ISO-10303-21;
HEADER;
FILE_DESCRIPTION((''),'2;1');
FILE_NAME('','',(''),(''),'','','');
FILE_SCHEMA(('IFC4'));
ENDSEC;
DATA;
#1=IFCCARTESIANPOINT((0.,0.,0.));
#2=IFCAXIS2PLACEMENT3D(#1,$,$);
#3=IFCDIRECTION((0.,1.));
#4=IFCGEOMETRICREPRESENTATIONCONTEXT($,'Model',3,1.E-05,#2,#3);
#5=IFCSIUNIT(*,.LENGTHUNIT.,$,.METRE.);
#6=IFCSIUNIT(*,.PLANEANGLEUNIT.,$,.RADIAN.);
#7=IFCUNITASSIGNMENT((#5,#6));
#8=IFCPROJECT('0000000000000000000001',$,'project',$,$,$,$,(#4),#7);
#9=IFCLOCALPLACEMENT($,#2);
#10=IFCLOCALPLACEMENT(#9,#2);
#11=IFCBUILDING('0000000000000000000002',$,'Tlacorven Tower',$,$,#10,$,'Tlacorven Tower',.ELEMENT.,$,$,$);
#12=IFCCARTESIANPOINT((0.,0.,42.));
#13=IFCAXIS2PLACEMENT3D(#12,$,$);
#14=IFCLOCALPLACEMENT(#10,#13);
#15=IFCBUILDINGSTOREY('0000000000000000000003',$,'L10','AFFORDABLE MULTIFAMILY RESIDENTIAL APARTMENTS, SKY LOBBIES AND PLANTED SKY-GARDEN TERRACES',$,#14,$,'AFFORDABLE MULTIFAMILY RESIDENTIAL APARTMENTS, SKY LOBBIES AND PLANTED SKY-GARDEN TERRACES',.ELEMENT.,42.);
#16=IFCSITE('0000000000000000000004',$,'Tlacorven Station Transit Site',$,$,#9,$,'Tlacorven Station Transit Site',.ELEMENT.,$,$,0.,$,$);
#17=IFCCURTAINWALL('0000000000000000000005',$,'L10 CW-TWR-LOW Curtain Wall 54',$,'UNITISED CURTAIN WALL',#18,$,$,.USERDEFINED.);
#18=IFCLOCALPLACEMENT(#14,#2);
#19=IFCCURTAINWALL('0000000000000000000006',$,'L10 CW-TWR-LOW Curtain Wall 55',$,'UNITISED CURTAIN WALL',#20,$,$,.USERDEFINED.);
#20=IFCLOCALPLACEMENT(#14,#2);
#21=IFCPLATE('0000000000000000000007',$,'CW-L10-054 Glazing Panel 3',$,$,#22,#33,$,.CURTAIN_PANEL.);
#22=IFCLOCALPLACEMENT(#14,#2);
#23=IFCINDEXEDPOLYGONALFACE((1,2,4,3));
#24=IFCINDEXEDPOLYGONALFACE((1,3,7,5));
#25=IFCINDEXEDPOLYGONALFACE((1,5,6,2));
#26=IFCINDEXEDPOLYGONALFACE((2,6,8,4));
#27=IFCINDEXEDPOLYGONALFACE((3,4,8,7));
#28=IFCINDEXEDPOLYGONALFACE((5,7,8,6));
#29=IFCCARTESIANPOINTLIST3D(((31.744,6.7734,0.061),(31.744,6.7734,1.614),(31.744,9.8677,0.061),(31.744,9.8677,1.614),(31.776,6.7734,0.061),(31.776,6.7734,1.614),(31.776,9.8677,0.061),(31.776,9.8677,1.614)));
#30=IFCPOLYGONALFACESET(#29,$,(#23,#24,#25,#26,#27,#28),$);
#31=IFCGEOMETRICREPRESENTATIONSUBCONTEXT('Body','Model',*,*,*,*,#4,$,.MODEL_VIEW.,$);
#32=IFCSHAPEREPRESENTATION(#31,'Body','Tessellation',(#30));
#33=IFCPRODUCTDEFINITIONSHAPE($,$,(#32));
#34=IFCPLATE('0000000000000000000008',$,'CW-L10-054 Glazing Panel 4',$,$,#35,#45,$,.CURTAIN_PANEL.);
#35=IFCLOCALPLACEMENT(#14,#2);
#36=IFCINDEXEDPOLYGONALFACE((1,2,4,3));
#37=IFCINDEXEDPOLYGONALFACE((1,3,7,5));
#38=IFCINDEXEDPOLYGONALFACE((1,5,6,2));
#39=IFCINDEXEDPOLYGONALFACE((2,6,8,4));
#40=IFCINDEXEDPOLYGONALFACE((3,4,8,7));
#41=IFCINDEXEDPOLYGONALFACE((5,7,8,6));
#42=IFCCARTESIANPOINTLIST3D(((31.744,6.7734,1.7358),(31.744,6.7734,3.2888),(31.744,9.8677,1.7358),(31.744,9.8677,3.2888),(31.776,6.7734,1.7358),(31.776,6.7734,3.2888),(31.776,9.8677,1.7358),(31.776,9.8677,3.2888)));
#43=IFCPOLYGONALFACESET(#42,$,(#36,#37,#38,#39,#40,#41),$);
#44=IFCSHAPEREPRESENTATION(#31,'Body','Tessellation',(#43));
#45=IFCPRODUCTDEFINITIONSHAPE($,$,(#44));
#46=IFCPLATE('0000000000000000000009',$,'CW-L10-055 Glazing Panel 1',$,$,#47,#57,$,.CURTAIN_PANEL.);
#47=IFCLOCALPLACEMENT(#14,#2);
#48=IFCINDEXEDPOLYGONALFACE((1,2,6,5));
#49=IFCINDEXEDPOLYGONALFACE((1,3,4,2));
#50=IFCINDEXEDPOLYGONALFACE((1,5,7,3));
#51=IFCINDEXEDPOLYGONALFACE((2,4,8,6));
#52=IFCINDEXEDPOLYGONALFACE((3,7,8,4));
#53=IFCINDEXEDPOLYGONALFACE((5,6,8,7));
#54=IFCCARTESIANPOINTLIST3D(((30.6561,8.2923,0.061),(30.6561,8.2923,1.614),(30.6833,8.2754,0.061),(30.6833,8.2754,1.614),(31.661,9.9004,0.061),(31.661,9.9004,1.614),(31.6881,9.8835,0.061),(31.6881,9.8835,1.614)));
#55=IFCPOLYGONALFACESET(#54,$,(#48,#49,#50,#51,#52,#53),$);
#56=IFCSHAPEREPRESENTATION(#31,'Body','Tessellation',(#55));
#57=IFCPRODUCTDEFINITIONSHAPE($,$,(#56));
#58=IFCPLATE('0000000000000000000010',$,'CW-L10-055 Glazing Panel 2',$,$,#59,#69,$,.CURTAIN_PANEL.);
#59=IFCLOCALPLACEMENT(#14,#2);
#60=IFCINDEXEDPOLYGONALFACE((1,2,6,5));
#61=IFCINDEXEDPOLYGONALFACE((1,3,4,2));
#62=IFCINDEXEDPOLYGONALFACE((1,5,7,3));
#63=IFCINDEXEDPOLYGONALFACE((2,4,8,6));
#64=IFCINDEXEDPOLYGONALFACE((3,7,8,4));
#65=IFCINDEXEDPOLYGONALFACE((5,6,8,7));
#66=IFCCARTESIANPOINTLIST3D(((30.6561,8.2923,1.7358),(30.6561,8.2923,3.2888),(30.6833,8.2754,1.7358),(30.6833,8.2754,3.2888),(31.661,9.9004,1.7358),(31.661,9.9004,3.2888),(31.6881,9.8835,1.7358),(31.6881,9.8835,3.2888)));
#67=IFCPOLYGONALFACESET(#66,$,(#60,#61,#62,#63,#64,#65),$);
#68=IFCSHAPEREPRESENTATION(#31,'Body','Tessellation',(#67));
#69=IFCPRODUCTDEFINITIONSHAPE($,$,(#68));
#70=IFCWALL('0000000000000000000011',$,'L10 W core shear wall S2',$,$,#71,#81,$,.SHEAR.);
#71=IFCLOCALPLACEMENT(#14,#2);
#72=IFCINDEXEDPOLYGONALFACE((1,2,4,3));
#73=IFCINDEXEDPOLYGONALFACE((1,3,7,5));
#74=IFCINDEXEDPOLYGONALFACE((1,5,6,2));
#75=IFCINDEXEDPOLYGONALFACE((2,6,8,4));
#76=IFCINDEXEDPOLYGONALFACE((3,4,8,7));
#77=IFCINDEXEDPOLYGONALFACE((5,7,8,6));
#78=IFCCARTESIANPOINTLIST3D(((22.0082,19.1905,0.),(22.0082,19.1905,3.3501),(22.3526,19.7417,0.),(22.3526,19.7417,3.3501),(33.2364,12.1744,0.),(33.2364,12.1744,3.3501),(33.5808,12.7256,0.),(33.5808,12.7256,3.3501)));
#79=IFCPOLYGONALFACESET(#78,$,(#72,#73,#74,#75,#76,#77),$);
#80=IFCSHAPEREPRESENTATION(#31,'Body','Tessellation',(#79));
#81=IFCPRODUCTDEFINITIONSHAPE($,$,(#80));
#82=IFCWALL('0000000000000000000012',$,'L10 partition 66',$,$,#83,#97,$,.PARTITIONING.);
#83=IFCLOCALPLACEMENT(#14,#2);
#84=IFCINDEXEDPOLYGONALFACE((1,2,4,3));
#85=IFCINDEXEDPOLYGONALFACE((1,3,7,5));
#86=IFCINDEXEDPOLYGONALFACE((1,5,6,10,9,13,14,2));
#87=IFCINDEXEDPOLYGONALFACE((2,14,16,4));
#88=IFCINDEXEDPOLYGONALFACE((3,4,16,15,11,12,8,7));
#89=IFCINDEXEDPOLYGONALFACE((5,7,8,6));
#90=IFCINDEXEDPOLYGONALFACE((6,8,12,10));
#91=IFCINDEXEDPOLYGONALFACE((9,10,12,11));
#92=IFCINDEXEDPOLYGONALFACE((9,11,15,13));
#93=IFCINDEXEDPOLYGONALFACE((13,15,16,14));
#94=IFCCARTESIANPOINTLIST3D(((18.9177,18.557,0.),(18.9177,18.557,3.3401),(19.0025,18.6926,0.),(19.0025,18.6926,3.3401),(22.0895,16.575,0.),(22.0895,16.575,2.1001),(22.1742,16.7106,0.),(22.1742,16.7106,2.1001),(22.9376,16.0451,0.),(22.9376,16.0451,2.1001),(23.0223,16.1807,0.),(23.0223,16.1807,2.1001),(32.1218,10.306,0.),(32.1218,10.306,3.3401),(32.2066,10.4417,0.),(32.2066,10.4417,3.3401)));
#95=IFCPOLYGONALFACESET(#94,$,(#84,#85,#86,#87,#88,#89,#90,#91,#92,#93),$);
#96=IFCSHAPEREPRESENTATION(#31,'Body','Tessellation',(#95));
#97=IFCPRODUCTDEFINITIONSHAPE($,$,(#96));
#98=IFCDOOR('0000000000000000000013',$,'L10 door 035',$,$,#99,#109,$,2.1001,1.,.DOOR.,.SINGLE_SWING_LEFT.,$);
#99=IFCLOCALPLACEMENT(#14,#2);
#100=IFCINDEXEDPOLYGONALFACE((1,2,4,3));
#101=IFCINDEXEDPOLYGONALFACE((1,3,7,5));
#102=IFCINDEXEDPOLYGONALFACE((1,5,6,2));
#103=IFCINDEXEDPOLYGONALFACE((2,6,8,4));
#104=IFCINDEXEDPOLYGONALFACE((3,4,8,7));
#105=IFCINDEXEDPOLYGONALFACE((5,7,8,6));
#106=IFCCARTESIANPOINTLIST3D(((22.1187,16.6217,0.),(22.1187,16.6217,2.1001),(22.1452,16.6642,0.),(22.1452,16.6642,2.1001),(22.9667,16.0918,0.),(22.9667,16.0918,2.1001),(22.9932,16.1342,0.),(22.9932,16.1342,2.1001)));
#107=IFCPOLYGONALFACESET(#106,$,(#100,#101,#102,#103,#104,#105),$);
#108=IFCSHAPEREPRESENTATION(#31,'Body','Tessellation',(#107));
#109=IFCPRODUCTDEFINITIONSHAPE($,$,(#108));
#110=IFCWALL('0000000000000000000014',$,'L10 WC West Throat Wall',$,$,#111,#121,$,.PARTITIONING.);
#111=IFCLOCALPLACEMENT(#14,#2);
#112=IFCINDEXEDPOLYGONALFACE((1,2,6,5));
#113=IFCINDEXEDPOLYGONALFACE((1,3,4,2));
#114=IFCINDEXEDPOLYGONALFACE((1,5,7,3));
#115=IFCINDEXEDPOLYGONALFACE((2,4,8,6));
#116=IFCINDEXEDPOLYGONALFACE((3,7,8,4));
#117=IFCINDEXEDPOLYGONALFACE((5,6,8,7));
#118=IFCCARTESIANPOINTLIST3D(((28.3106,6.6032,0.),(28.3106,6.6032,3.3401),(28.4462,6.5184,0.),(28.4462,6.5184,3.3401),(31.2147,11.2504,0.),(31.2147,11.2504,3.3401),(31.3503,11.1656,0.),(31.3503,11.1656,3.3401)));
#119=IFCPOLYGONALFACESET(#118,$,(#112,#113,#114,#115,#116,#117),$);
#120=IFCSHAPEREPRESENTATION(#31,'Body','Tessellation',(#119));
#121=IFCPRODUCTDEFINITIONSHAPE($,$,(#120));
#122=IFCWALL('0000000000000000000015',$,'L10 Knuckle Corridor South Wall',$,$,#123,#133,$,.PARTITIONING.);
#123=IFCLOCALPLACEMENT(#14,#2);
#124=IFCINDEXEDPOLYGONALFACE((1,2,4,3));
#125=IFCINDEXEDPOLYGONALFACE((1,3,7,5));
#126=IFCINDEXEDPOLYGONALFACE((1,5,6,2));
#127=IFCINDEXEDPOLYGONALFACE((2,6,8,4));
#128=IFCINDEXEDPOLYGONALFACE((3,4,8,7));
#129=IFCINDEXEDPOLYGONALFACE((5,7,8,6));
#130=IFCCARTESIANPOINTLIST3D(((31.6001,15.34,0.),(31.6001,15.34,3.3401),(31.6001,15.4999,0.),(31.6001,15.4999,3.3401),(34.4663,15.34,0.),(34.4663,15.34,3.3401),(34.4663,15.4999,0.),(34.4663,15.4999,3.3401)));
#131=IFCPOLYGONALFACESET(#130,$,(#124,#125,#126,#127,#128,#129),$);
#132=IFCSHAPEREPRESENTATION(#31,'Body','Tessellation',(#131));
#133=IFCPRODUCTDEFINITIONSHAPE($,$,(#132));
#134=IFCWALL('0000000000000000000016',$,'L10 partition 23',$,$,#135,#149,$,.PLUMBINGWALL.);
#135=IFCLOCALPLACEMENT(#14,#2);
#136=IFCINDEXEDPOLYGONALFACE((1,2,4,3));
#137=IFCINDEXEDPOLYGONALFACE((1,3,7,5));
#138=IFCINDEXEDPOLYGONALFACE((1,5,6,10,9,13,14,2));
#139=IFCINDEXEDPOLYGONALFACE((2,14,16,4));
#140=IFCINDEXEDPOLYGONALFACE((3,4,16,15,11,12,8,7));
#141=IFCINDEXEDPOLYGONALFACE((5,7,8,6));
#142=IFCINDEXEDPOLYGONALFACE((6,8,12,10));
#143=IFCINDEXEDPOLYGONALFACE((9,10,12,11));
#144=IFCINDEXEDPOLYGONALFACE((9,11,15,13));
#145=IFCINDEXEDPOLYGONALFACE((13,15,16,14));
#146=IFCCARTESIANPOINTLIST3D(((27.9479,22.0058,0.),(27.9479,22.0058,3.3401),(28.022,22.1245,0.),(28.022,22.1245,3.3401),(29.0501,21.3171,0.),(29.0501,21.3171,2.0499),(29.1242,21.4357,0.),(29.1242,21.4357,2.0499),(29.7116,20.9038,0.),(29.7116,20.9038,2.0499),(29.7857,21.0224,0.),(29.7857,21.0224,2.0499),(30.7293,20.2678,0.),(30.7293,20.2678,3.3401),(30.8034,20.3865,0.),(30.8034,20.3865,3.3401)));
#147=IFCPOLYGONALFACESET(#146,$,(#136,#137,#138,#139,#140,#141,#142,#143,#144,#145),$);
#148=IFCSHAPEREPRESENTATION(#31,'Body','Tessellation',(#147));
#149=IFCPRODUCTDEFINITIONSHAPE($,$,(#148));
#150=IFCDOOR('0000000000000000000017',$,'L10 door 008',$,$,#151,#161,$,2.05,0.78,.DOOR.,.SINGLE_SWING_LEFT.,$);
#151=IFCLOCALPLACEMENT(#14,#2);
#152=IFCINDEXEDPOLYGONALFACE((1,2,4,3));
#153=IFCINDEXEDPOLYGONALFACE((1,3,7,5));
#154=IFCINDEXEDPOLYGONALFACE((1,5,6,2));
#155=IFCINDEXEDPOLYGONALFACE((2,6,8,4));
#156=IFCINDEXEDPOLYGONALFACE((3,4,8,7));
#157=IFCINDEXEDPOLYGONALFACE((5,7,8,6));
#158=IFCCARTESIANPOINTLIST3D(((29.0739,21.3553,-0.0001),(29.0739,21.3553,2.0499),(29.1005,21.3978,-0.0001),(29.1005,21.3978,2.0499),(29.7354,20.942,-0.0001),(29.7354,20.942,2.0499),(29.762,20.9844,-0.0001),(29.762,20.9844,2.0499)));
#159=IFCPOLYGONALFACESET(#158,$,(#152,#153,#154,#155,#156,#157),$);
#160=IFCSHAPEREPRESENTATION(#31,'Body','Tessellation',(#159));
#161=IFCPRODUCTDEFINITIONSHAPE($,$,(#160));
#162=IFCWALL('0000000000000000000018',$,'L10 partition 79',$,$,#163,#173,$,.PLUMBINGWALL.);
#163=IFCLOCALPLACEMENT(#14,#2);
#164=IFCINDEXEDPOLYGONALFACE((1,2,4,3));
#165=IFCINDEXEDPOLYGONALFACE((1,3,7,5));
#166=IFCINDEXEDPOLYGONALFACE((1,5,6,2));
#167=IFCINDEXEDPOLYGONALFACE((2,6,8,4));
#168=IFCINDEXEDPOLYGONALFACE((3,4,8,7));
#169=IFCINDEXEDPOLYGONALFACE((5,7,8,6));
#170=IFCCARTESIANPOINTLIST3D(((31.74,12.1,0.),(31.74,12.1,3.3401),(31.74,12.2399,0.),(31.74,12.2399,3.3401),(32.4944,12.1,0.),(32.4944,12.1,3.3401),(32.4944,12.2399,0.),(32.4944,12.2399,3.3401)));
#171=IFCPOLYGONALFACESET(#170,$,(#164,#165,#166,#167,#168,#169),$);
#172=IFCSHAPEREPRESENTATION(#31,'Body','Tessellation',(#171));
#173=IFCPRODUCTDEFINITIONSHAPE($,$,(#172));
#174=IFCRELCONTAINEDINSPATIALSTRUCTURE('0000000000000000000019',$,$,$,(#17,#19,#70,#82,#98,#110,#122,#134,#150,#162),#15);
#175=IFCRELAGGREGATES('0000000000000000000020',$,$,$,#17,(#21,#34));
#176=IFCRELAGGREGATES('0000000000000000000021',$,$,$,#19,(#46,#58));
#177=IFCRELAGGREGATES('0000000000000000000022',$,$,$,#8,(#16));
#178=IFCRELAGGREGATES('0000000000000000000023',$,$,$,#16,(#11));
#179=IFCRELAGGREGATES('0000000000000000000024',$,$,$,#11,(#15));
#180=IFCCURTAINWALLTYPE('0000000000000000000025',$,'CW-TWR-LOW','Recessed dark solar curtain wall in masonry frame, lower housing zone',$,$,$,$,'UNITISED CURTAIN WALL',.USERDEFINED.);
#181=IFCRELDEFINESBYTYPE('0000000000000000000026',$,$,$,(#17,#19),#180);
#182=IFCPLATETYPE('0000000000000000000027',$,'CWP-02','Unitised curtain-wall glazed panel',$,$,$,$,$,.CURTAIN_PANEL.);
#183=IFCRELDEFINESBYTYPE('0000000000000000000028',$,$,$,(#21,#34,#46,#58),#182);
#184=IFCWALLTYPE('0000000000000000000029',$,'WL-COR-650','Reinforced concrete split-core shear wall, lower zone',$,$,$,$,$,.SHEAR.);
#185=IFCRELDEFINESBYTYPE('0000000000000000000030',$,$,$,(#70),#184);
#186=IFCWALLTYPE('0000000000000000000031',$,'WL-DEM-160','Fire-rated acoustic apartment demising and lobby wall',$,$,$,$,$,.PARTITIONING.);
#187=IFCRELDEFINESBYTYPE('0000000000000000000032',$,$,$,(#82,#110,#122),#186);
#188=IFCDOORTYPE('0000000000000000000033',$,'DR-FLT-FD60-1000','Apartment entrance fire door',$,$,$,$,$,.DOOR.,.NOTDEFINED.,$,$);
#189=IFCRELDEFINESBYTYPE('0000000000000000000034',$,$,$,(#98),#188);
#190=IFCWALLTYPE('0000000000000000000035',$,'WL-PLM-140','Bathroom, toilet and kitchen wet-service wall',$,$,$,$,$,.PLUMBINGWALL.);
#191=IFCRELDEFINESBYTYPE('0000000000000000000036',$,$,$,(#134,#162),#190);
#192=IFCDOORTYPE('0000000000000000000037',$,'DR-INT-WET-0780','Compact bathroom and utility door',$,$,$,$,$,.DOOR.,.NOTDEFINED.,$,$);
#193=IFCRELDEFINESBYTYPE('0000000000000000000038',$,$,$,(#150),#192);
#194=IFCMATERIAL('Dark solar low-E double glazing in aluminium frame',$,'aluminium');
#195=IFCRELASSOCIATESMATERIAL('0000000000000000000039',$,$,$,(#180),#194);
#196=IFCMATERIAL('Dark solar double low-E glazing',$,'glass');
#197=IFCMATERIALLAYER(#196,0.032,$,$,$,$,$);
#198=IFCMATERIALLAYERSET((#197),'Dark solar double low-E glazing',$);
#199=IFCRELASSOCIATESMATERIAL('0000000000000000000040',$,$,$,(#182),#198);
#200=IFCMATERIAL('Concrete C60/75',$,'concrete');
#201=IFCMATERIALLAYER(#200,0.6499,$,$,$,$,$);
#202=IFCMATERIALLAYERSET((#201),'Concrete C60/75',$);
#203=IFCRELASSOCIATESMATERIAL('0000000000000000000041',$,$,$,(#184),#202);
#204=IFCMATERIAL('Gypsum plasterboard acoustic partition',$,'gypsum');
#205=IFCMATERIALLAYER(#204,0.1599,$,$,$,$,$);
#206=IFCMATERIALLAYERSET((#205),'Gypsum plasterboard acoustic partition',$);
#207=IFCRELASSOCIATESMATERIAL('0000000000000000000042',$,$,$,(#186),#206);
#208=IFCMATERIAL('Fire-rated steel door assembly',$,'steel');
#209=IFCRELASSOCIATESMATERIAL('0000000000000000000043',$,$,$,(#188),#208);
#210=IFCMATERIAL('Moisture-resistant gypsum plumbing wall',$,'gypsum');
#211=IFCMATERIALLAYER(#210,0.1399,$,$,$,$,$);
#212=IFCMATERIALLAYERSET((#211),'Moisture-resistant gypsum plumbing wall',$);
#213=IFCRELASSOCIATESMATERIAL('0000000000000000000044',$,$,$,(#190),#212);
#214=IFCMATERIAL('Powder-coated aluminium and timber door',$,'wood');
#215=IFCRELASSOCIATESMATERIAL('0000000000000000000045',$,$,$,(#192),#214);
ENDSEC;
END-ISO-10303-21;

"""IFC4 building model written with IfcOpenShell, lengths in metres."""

from ifc_helpers import new_model, si_unit, direction, frame, frame_2d, origin, origin_2d, place, context, subcontext, project, spatial, rectangle, extrude, source, transform, mapped, material, layer, layer_set, type_object, element, fill, aggregate, save


model = new_model("IFC4")

# Units and contexts
model_context = context("Model", 3, precision=1e-05, world=origin(), true_north=direction((0.0, 1.0)))
body_context = subcontext(model_context, "Body", "Model", "MODEL_VIEW")
ifc_project = project(units=[si_unit("LENGTHUNIT", "METRE"), si_unit("PLANEANGLEUNIT", "RADIAN")], contexts=[model_context])

# Site, building, storey
site_placement = place(None, origin())
site = spatial("IfcSite", under=ifc_project, at=site_placement, Name="Tlacorven Station Transit Site", LongName="Tlacorven Station Transit Site", CompositionType="ELEMENT", RefElevation=0.0)
building_placement = place(site_placement, origin())
building = spatial("IfcBuilding", under=site, at=building_placement, Name="Tlacorven Tower", LongName="Tlacorven Tower", CompositionType="ELEMENT")
storey_placement = place(building_placement, frame((0.0, 0.0, 42.0)))
storey = spatial("IfcBuildingStorey", under=building, at=storey_placement, Name="L10", Description="AFFORDABLE MULTIFAMILY RESIDENTIAL APARTMENTS, SKY LOBBIES AND PLANTED SKY-GARDEN TERRACES", LongName="AFFORDABLE MULTIFAMILY RESIDENTIAL APARTMENTS, SKY LOBBIES AND PLANTED SKY-GARDEN TERRACES", CompositionType="ELEMENT", Elevation=42.0)

# Curtain walls
ifc_material_1 = material(Name="Dark solar low-E double glazing in aluminium frame", Category="aluminium")
curtain_wall_type = type_object("IfcCurtainWallType", Name="CW-TWR-LOW", Description="Recessed dark solar curtain wall in masonry frame, lower housing zone", ElementType="UNITISED CURTAIN WALL", PredefinedType="USERDEFINED", material=ifc_material_1)
curtain_wall_1_placement = place(storey_placement, origin())
curtain_wall_1 = element("IfcCurtainWall", 1, at=curtain_wall_1_placement, inside=storey, type_object=curtain_wall_type, Name="L10 CW-TWR-LOW Curtain Wall 54", ObjectType="UNITISED CURTAIN WALL", PredefinedType="USERDEFINED")
curtain_wall_2_placement = place(storey_placement, origin())
curtain_wall_2 = element("IfcCurtainWall", 2, at=curtain_wall_2_placement, inside=storey, type_object=curtain_wall_type, Name="L10 CW-TWR-LOW Curtain Wall 55", ObjectType="UNITISED CURTAIN WALL", PredefinedType="USERDEFINED")

# Plates
ifc_material_2 = material(Name="Dark solar double low-E glazing", Category="glass")
ifc_layer_1 = layer(ifc_material_2, 0.032)
ifc_layer_set_1 = layer_set([ifc_layer_1], Name="Dark solar double low-E glazing")
plate_type = type_object("IfcPlateType", Name="CWP-02", Description="Unitised curtain-wall glazed panel", PredefinedType="CURTAIN_PANEL", material=ifc_layer_set_1)
shared_shape_1 = source(origin(), body_context, "Body", "SweptSolid", [
    extrude(rectangle(XDim=3.0942, YDim=0.032, at=origin_2d()), origin(), (0.0, 0.0, 1.0), 1.553),
])
plate_1_placement = place(storey_placement, frame((31.76, 8.3206, 0.061), z_axis=(0.0, 0.0, 1.0), x_axis=(0.0, 1.0, 0.0)))
plate_1 = element("IfcPlate", 3, at=plate_1_placement, type_object=plate_type, Name="CW-L10-054 Glazing Panel 3", PredefinedType="CURTAIN_PANEL", context=body_context, shape_type="MappedRepresentation", body=[
    mapped(shared_shape_1, transform((0.0, 0.0, 0.0), scale=1.0)),
])
plate_2_placement = place(storey_placement, frame((31.76, 8.3206, 1.7358), z_axis=(0.0, 0.0, 1.0), x_axis=(0.0, 1.0, 0.0)))
plate_2 = element("IfcPlate", 4, at=plate_2_placement, type_object=plate_type, Name="CW-L10-054 Glazing Panel 4", PredefinedType="CURTAIN_PANEL", context=body_context, shape_type="MappedRepresentation", body=[
    mapped(shared_shape_1, transform((0.0, 0.0, 0.0), scale=1.0)),
])
aggregate(curtain_wall_1, [plate_1, plate_2])
shared_shape_2 = source(origin(), body_context, "Body", "SweptSolid", [
    extrude(rectangle(XDim=1.8962, YDim=0.032, at=origin_2d()), origin(), (0.0, 0.0, 1.0), 1.553),
])
plate_3_placement = place(storey_placement, frame((31.1721, 9.0879, 0.061), z_axis=(0.0, 0.0, 1.0), x_axis=(-0.529919, -0.848048, 0.0)))
plate_3 = element("IfcPlate", 5, at=plate_3_placement, type_object=plate_type, Name="CW-L10-055 Glazing Panel 1", PredefinedType="CURTAIN_PANEL", context=body_context, shape_type="MappedRepresentation", body=[
    mapped(shared_shape_2, transform((0.0, 0.0, 0.0), scale=1.0)),
])
plate_4_placement = place(storey_placement, frame((31.1721, 9.0879, 1.7358), z_axis=(0.0, 0.0, 1.0), x_axis=(-0.529919, -0.848048, 0.0)))
plate_4 = element("IfcPlate", 6, at=plate_4_placement, type_object=plate_type, Name="CW-L10-055 Glazing Panel 2", PredefinedType="CURTAIN_PANEL", context=body_context, shape_type="MappedRepresentation", body=[
    mapped(shared_shape_2, transform((0.0, 0.0, 0.0), scale=1.0)),
])
aggregate(curtain_wall_2, [plate_3, plate_4])

# Wall
ifc_material_3 = material(Name="Concrete C60/75", Category="concrete")
ifc_layer_2 = layer(ifc_material_3, 0.6499)
ifc_layer_set_2 = layer_set([ifc_layer_2], Name="Concrete C60/75")
wall_type_1 = type_object("IfcWallType", Name="WL-COR-650", Description="Reinforced concrete split-core shear wall, lower zone", PredefinedType="SHEAR", material=ifc_layer_set_2)
wall_1_placement = place(storey_placement, frame((33.4087, 12.45, 0.0), z_axis=(0.0, 0.0, 1.0), x_axis=(-0.848051, 0.529914, 0.0)))
element("IfcWall", 7, at=wall_1_placement, inside=storey, type_object=wall_type_1, Name="L10 W core shear wall S2", PredefinedType="SHEAR", context=body_context, shape_type="SweptSolid", body=[
    extrude(rectangle(XDim=13.24, YDim=0.6499, at=frame_2d((6.6201, 0.0))), origin(), (0.0, 0.0, 1.0), 3.3501),
])

# Wall, opening, door
ifc_material_4 = material(Name="Gypsum plasterboard acoustic partition", Category="gypsum")
ifc_layer_3 = layer(ifc_material_4, 0.1599)
ifc_layer_set_3 = layer_set([ifc_layer_3], Name="Gypsum plasterboard acoustic partition")
wall_type_2 = type_object("IfcWallType", Name="WL-DEM-160", Description="Fire-rated acoustic apartment demising and lobby wall", PredefinedType="PARTITIONING", material=ifc_layer_set_3)
wall_2_placement = place(storey_placement, frame((32.1643, 10.3738, 0.0), z_axis=(0.0, 0.0, 1.0), x_axis=(-0.848044, 0.529926, 0.0)))
wall_2 = element("IfcWall", 8, at=wall_2_placement, inside=storey, type_object=wall_type_2, Name="L10 partition 66", PredefinedType="PARTITIONING", context=body_context, shape_type="SweptSolid", body=[
    extrude(rectangle(XDim=15.5701, YDim=0.1599, at=frame_2d((7.7852, 0.0))), origin(), (0.0, 0.0, 1.0), 3.3401),
])
opening_1_placement = place(wall_2_placement, frame((10.8301, 0.0, 0.0)))
opening_1 = element("IfcOpeningElement", 9, at=opening_1_placement, cuts=wall_2, PredefinedType="OPENING", context=body_context, shape_type="SweptSolid", body=[
    extrude(rectangle(XDim=1.0, YDim=2.1001, at=frame_2d((0.5, 1.05))), frame((0.0, 0.0898, 0.0), z_axis=(0.0, -1.0, 0.0), x_axis=(1.0, 0.0, 0.0)), (0.0, 0.0, 1.0), 0.1799),
])
ifc_material_5 = material(Name="Fire-rated steel door assembly", Category="steel")
door_type_1 = type_object("IfcDoorType", Name="DR-FLT-FD60-1000", Description="Apartment entrance fire door", OperationType="NOTDEFINED", PredefinedType="DOOR", material=ifc_material_5)
shared_shape_3 = source(origin(), body_context, "Body", "SweptSolid", [
    extrude(rectangle(XDim=1.0, YDim=2.1001, at=frame_2d((0.5, 1.05))), frame((0.0, 0.0249, 0.0), z_axis=(0.0, -1.0, 0.0), x_axis=(1.0, 0.0, 0.0)), (0.0, 0.0, 1.0), 0.05),
])
door_1_placement = place(opening_1_placement, origin())
door_1 = element("IfcDoor", 10, at=door_1_placement, inside=storey, type_object=door_type_1, Name="L10 door 035", OperationType="SINGLE_SWING_LEFT", OverallHeight=2.1001, OverallWidth=1.0, PredefinedType="DOOR", context=body_context, shape_type="MappedRepresentation", body=[
    mapped(shared_shape_3, transform((0.0, 0.0, 0.0), scale=1.0)),
])
fill(opening_1, door_1)

# Walls
wall_3_placement = place(storey_placement, frame((31.2825, 11.208, 0.0), z_axis=(0.0, 0.0, 1.0), x_axis=(-0.529939, -0.848036, 0.0)))
element("IfcWall", 11, at=wall_3_placement, inside=storey, type_object=wall_type_2, Name="L10 WC West Throat Wall", PredefinedType="PARTITIONING", context=body_context, shape_type="SweptSolid", body=[
    extrude(rectangle(XDim=5.48, YDim=0.1599, at=frame_2d((2.74, 0.0))), origin(), (0.0, 0.0, 1.0), 3.3401),
])
wall_4_placement = place(storey_placement, frame((31.6001, 15.4199, 0.0), z_axis=(0.0, 0.0, 1.0), x_axis=(1.0, 0.0, 0.0)))
element("IfcWall", 12, at=wall_4_placement, inside=storey, type_object=wall_type_2, Name="L10 Knuckle Corridor South Wall", PredefinedType="PARTITIONING", context=body_context, shape_type="SweptSolid", body=[
    extrude(rectangle(XDim=2.8662, YDim=0.1599, at=frame_2d((1.4331, 0.0))), origin(), (0.0, 0.0, 1.0), 3.3401),
])

# Wall, opening, door
ifc_material_6 = material(Name="Moisture-resistant gypsum plumbing wall", Category="gypsum")
ifc_layer_4 = layer(ifc_material_6, 0.1399)
ifc_layer_set_4 = layer_set([ifc_layer_4], Name="Moisture-resistant gypsum plumbing wall")
wall_type_3 = type_object("IfcWallType", Name="WL-PLM-140", Description="Bathroom, toilet and kitchen wet-service wall", PredefinedType="PLUMBINGWALL", material=ifc_layer_set_4)
wall_5_placement = place(storey_placement, frame((30.7664, 20.3271, 0.0), z_axis=(0.0, 0.0, 1.0), x_axis=(-0.848053, 0.529912, 0.0)))
wall_5 = element("IfcWall", 13, at=wall_5_placement, inside=storey, type_object=wall_type_3, Name="L10 partition 23", PredefinedType="PLUMBINGWALL", context=body_context, shape_type="SweptSolid", body=[
    extrude(rectangle(XDim=3.2798, YDim=0.1399, at=frame_2d((1.6399, 0.0))), origin(), (0.0, 0.0, 1.0), 3.3401),
])
opening_2_placement = place(wall_5_placement, frame((1.2, 0.0, 0.0)))
opening_2 = element("IfcOpeningElement", 14, at=opening_2_placement, cuts=wall_5, PredefinedType="OPENING", context=body_context, shape_type="SweptSolid", body=[
    extrude(rectangle(XDim=0.78, YDim=2.05, at=frame_2d((0.3901, 1.0249))), frame((0.0, 0.0801, 0.0), z_axis=(0.0, -1.0, 0.0), x_axis=(1.0, 0.0, 0.0)), (0.0, 0.0, 1.0), 0.1599),
])
ifc_material_7 = material(Name="Powder-coated aluminium and timber door", Category="wood")
door_type_2 = type_object("IfcDoorType", Name="DR-INT-WET-0780", Description="Compact bathroom and utility door", OperationType="NOTDEFINED", PredefinedType="DOOR", material=ifc_material_7)
shared_shape_4 = source(origin(), body_context, "Body", "SweptSolid", [
    extrude(rectangle(XDim=0.78, YDim=2.05, at=frame_2d((0.3901, 1.0249))), frame((0.0, 0.0249, 0.0), z_axis=(0.0, -1.0, 0.0), x_axis=(1.0, 0.0, 0.0)), (0.0, 0.0, 1.0), 0.05),
])
door_2_placement = place(opening_2_placement, origin())
door_2 = element("IfcDoor", 15, at=door_2_placement, inside=storey, type_object=door_type_2, Name="L10 door 008", OperationType="SINGLE_SWING_LEFT", OverallHeight=2.05, OverallWidth=0.78, PredefinedType="DOOR", context=body_context, shape_type="MappedRepresentation", body=[
    mapped(shared_shape_4, transform((0.0, 0.0, 0.0), scale=1.0)),
])
fill(opening_2, door_2)

# Wall
wall_6_placement = place(storey_placement, frame((31.74, 12.1699, 0.0), z_axis=(0.0, 0.0, 1.0), x_axis=(1.0, 0.0, 0.0)))
element("IfcWall", 16, at=wall_6_placement, inside=storey, type_object=wall_type_3, Name="L10 partition 79", PredefinedType="PLUMBINGWALL", context=body_context, shape_type="SweptSolid", body=[
    extrude(rectangle(XDim=0.7544, YDim=0.1399, at=frame_2d((0.3772, 0.0))), origin(), (0.0, 0.0, 1.0), 3.3401),
])

save(model, "model.ifc")
